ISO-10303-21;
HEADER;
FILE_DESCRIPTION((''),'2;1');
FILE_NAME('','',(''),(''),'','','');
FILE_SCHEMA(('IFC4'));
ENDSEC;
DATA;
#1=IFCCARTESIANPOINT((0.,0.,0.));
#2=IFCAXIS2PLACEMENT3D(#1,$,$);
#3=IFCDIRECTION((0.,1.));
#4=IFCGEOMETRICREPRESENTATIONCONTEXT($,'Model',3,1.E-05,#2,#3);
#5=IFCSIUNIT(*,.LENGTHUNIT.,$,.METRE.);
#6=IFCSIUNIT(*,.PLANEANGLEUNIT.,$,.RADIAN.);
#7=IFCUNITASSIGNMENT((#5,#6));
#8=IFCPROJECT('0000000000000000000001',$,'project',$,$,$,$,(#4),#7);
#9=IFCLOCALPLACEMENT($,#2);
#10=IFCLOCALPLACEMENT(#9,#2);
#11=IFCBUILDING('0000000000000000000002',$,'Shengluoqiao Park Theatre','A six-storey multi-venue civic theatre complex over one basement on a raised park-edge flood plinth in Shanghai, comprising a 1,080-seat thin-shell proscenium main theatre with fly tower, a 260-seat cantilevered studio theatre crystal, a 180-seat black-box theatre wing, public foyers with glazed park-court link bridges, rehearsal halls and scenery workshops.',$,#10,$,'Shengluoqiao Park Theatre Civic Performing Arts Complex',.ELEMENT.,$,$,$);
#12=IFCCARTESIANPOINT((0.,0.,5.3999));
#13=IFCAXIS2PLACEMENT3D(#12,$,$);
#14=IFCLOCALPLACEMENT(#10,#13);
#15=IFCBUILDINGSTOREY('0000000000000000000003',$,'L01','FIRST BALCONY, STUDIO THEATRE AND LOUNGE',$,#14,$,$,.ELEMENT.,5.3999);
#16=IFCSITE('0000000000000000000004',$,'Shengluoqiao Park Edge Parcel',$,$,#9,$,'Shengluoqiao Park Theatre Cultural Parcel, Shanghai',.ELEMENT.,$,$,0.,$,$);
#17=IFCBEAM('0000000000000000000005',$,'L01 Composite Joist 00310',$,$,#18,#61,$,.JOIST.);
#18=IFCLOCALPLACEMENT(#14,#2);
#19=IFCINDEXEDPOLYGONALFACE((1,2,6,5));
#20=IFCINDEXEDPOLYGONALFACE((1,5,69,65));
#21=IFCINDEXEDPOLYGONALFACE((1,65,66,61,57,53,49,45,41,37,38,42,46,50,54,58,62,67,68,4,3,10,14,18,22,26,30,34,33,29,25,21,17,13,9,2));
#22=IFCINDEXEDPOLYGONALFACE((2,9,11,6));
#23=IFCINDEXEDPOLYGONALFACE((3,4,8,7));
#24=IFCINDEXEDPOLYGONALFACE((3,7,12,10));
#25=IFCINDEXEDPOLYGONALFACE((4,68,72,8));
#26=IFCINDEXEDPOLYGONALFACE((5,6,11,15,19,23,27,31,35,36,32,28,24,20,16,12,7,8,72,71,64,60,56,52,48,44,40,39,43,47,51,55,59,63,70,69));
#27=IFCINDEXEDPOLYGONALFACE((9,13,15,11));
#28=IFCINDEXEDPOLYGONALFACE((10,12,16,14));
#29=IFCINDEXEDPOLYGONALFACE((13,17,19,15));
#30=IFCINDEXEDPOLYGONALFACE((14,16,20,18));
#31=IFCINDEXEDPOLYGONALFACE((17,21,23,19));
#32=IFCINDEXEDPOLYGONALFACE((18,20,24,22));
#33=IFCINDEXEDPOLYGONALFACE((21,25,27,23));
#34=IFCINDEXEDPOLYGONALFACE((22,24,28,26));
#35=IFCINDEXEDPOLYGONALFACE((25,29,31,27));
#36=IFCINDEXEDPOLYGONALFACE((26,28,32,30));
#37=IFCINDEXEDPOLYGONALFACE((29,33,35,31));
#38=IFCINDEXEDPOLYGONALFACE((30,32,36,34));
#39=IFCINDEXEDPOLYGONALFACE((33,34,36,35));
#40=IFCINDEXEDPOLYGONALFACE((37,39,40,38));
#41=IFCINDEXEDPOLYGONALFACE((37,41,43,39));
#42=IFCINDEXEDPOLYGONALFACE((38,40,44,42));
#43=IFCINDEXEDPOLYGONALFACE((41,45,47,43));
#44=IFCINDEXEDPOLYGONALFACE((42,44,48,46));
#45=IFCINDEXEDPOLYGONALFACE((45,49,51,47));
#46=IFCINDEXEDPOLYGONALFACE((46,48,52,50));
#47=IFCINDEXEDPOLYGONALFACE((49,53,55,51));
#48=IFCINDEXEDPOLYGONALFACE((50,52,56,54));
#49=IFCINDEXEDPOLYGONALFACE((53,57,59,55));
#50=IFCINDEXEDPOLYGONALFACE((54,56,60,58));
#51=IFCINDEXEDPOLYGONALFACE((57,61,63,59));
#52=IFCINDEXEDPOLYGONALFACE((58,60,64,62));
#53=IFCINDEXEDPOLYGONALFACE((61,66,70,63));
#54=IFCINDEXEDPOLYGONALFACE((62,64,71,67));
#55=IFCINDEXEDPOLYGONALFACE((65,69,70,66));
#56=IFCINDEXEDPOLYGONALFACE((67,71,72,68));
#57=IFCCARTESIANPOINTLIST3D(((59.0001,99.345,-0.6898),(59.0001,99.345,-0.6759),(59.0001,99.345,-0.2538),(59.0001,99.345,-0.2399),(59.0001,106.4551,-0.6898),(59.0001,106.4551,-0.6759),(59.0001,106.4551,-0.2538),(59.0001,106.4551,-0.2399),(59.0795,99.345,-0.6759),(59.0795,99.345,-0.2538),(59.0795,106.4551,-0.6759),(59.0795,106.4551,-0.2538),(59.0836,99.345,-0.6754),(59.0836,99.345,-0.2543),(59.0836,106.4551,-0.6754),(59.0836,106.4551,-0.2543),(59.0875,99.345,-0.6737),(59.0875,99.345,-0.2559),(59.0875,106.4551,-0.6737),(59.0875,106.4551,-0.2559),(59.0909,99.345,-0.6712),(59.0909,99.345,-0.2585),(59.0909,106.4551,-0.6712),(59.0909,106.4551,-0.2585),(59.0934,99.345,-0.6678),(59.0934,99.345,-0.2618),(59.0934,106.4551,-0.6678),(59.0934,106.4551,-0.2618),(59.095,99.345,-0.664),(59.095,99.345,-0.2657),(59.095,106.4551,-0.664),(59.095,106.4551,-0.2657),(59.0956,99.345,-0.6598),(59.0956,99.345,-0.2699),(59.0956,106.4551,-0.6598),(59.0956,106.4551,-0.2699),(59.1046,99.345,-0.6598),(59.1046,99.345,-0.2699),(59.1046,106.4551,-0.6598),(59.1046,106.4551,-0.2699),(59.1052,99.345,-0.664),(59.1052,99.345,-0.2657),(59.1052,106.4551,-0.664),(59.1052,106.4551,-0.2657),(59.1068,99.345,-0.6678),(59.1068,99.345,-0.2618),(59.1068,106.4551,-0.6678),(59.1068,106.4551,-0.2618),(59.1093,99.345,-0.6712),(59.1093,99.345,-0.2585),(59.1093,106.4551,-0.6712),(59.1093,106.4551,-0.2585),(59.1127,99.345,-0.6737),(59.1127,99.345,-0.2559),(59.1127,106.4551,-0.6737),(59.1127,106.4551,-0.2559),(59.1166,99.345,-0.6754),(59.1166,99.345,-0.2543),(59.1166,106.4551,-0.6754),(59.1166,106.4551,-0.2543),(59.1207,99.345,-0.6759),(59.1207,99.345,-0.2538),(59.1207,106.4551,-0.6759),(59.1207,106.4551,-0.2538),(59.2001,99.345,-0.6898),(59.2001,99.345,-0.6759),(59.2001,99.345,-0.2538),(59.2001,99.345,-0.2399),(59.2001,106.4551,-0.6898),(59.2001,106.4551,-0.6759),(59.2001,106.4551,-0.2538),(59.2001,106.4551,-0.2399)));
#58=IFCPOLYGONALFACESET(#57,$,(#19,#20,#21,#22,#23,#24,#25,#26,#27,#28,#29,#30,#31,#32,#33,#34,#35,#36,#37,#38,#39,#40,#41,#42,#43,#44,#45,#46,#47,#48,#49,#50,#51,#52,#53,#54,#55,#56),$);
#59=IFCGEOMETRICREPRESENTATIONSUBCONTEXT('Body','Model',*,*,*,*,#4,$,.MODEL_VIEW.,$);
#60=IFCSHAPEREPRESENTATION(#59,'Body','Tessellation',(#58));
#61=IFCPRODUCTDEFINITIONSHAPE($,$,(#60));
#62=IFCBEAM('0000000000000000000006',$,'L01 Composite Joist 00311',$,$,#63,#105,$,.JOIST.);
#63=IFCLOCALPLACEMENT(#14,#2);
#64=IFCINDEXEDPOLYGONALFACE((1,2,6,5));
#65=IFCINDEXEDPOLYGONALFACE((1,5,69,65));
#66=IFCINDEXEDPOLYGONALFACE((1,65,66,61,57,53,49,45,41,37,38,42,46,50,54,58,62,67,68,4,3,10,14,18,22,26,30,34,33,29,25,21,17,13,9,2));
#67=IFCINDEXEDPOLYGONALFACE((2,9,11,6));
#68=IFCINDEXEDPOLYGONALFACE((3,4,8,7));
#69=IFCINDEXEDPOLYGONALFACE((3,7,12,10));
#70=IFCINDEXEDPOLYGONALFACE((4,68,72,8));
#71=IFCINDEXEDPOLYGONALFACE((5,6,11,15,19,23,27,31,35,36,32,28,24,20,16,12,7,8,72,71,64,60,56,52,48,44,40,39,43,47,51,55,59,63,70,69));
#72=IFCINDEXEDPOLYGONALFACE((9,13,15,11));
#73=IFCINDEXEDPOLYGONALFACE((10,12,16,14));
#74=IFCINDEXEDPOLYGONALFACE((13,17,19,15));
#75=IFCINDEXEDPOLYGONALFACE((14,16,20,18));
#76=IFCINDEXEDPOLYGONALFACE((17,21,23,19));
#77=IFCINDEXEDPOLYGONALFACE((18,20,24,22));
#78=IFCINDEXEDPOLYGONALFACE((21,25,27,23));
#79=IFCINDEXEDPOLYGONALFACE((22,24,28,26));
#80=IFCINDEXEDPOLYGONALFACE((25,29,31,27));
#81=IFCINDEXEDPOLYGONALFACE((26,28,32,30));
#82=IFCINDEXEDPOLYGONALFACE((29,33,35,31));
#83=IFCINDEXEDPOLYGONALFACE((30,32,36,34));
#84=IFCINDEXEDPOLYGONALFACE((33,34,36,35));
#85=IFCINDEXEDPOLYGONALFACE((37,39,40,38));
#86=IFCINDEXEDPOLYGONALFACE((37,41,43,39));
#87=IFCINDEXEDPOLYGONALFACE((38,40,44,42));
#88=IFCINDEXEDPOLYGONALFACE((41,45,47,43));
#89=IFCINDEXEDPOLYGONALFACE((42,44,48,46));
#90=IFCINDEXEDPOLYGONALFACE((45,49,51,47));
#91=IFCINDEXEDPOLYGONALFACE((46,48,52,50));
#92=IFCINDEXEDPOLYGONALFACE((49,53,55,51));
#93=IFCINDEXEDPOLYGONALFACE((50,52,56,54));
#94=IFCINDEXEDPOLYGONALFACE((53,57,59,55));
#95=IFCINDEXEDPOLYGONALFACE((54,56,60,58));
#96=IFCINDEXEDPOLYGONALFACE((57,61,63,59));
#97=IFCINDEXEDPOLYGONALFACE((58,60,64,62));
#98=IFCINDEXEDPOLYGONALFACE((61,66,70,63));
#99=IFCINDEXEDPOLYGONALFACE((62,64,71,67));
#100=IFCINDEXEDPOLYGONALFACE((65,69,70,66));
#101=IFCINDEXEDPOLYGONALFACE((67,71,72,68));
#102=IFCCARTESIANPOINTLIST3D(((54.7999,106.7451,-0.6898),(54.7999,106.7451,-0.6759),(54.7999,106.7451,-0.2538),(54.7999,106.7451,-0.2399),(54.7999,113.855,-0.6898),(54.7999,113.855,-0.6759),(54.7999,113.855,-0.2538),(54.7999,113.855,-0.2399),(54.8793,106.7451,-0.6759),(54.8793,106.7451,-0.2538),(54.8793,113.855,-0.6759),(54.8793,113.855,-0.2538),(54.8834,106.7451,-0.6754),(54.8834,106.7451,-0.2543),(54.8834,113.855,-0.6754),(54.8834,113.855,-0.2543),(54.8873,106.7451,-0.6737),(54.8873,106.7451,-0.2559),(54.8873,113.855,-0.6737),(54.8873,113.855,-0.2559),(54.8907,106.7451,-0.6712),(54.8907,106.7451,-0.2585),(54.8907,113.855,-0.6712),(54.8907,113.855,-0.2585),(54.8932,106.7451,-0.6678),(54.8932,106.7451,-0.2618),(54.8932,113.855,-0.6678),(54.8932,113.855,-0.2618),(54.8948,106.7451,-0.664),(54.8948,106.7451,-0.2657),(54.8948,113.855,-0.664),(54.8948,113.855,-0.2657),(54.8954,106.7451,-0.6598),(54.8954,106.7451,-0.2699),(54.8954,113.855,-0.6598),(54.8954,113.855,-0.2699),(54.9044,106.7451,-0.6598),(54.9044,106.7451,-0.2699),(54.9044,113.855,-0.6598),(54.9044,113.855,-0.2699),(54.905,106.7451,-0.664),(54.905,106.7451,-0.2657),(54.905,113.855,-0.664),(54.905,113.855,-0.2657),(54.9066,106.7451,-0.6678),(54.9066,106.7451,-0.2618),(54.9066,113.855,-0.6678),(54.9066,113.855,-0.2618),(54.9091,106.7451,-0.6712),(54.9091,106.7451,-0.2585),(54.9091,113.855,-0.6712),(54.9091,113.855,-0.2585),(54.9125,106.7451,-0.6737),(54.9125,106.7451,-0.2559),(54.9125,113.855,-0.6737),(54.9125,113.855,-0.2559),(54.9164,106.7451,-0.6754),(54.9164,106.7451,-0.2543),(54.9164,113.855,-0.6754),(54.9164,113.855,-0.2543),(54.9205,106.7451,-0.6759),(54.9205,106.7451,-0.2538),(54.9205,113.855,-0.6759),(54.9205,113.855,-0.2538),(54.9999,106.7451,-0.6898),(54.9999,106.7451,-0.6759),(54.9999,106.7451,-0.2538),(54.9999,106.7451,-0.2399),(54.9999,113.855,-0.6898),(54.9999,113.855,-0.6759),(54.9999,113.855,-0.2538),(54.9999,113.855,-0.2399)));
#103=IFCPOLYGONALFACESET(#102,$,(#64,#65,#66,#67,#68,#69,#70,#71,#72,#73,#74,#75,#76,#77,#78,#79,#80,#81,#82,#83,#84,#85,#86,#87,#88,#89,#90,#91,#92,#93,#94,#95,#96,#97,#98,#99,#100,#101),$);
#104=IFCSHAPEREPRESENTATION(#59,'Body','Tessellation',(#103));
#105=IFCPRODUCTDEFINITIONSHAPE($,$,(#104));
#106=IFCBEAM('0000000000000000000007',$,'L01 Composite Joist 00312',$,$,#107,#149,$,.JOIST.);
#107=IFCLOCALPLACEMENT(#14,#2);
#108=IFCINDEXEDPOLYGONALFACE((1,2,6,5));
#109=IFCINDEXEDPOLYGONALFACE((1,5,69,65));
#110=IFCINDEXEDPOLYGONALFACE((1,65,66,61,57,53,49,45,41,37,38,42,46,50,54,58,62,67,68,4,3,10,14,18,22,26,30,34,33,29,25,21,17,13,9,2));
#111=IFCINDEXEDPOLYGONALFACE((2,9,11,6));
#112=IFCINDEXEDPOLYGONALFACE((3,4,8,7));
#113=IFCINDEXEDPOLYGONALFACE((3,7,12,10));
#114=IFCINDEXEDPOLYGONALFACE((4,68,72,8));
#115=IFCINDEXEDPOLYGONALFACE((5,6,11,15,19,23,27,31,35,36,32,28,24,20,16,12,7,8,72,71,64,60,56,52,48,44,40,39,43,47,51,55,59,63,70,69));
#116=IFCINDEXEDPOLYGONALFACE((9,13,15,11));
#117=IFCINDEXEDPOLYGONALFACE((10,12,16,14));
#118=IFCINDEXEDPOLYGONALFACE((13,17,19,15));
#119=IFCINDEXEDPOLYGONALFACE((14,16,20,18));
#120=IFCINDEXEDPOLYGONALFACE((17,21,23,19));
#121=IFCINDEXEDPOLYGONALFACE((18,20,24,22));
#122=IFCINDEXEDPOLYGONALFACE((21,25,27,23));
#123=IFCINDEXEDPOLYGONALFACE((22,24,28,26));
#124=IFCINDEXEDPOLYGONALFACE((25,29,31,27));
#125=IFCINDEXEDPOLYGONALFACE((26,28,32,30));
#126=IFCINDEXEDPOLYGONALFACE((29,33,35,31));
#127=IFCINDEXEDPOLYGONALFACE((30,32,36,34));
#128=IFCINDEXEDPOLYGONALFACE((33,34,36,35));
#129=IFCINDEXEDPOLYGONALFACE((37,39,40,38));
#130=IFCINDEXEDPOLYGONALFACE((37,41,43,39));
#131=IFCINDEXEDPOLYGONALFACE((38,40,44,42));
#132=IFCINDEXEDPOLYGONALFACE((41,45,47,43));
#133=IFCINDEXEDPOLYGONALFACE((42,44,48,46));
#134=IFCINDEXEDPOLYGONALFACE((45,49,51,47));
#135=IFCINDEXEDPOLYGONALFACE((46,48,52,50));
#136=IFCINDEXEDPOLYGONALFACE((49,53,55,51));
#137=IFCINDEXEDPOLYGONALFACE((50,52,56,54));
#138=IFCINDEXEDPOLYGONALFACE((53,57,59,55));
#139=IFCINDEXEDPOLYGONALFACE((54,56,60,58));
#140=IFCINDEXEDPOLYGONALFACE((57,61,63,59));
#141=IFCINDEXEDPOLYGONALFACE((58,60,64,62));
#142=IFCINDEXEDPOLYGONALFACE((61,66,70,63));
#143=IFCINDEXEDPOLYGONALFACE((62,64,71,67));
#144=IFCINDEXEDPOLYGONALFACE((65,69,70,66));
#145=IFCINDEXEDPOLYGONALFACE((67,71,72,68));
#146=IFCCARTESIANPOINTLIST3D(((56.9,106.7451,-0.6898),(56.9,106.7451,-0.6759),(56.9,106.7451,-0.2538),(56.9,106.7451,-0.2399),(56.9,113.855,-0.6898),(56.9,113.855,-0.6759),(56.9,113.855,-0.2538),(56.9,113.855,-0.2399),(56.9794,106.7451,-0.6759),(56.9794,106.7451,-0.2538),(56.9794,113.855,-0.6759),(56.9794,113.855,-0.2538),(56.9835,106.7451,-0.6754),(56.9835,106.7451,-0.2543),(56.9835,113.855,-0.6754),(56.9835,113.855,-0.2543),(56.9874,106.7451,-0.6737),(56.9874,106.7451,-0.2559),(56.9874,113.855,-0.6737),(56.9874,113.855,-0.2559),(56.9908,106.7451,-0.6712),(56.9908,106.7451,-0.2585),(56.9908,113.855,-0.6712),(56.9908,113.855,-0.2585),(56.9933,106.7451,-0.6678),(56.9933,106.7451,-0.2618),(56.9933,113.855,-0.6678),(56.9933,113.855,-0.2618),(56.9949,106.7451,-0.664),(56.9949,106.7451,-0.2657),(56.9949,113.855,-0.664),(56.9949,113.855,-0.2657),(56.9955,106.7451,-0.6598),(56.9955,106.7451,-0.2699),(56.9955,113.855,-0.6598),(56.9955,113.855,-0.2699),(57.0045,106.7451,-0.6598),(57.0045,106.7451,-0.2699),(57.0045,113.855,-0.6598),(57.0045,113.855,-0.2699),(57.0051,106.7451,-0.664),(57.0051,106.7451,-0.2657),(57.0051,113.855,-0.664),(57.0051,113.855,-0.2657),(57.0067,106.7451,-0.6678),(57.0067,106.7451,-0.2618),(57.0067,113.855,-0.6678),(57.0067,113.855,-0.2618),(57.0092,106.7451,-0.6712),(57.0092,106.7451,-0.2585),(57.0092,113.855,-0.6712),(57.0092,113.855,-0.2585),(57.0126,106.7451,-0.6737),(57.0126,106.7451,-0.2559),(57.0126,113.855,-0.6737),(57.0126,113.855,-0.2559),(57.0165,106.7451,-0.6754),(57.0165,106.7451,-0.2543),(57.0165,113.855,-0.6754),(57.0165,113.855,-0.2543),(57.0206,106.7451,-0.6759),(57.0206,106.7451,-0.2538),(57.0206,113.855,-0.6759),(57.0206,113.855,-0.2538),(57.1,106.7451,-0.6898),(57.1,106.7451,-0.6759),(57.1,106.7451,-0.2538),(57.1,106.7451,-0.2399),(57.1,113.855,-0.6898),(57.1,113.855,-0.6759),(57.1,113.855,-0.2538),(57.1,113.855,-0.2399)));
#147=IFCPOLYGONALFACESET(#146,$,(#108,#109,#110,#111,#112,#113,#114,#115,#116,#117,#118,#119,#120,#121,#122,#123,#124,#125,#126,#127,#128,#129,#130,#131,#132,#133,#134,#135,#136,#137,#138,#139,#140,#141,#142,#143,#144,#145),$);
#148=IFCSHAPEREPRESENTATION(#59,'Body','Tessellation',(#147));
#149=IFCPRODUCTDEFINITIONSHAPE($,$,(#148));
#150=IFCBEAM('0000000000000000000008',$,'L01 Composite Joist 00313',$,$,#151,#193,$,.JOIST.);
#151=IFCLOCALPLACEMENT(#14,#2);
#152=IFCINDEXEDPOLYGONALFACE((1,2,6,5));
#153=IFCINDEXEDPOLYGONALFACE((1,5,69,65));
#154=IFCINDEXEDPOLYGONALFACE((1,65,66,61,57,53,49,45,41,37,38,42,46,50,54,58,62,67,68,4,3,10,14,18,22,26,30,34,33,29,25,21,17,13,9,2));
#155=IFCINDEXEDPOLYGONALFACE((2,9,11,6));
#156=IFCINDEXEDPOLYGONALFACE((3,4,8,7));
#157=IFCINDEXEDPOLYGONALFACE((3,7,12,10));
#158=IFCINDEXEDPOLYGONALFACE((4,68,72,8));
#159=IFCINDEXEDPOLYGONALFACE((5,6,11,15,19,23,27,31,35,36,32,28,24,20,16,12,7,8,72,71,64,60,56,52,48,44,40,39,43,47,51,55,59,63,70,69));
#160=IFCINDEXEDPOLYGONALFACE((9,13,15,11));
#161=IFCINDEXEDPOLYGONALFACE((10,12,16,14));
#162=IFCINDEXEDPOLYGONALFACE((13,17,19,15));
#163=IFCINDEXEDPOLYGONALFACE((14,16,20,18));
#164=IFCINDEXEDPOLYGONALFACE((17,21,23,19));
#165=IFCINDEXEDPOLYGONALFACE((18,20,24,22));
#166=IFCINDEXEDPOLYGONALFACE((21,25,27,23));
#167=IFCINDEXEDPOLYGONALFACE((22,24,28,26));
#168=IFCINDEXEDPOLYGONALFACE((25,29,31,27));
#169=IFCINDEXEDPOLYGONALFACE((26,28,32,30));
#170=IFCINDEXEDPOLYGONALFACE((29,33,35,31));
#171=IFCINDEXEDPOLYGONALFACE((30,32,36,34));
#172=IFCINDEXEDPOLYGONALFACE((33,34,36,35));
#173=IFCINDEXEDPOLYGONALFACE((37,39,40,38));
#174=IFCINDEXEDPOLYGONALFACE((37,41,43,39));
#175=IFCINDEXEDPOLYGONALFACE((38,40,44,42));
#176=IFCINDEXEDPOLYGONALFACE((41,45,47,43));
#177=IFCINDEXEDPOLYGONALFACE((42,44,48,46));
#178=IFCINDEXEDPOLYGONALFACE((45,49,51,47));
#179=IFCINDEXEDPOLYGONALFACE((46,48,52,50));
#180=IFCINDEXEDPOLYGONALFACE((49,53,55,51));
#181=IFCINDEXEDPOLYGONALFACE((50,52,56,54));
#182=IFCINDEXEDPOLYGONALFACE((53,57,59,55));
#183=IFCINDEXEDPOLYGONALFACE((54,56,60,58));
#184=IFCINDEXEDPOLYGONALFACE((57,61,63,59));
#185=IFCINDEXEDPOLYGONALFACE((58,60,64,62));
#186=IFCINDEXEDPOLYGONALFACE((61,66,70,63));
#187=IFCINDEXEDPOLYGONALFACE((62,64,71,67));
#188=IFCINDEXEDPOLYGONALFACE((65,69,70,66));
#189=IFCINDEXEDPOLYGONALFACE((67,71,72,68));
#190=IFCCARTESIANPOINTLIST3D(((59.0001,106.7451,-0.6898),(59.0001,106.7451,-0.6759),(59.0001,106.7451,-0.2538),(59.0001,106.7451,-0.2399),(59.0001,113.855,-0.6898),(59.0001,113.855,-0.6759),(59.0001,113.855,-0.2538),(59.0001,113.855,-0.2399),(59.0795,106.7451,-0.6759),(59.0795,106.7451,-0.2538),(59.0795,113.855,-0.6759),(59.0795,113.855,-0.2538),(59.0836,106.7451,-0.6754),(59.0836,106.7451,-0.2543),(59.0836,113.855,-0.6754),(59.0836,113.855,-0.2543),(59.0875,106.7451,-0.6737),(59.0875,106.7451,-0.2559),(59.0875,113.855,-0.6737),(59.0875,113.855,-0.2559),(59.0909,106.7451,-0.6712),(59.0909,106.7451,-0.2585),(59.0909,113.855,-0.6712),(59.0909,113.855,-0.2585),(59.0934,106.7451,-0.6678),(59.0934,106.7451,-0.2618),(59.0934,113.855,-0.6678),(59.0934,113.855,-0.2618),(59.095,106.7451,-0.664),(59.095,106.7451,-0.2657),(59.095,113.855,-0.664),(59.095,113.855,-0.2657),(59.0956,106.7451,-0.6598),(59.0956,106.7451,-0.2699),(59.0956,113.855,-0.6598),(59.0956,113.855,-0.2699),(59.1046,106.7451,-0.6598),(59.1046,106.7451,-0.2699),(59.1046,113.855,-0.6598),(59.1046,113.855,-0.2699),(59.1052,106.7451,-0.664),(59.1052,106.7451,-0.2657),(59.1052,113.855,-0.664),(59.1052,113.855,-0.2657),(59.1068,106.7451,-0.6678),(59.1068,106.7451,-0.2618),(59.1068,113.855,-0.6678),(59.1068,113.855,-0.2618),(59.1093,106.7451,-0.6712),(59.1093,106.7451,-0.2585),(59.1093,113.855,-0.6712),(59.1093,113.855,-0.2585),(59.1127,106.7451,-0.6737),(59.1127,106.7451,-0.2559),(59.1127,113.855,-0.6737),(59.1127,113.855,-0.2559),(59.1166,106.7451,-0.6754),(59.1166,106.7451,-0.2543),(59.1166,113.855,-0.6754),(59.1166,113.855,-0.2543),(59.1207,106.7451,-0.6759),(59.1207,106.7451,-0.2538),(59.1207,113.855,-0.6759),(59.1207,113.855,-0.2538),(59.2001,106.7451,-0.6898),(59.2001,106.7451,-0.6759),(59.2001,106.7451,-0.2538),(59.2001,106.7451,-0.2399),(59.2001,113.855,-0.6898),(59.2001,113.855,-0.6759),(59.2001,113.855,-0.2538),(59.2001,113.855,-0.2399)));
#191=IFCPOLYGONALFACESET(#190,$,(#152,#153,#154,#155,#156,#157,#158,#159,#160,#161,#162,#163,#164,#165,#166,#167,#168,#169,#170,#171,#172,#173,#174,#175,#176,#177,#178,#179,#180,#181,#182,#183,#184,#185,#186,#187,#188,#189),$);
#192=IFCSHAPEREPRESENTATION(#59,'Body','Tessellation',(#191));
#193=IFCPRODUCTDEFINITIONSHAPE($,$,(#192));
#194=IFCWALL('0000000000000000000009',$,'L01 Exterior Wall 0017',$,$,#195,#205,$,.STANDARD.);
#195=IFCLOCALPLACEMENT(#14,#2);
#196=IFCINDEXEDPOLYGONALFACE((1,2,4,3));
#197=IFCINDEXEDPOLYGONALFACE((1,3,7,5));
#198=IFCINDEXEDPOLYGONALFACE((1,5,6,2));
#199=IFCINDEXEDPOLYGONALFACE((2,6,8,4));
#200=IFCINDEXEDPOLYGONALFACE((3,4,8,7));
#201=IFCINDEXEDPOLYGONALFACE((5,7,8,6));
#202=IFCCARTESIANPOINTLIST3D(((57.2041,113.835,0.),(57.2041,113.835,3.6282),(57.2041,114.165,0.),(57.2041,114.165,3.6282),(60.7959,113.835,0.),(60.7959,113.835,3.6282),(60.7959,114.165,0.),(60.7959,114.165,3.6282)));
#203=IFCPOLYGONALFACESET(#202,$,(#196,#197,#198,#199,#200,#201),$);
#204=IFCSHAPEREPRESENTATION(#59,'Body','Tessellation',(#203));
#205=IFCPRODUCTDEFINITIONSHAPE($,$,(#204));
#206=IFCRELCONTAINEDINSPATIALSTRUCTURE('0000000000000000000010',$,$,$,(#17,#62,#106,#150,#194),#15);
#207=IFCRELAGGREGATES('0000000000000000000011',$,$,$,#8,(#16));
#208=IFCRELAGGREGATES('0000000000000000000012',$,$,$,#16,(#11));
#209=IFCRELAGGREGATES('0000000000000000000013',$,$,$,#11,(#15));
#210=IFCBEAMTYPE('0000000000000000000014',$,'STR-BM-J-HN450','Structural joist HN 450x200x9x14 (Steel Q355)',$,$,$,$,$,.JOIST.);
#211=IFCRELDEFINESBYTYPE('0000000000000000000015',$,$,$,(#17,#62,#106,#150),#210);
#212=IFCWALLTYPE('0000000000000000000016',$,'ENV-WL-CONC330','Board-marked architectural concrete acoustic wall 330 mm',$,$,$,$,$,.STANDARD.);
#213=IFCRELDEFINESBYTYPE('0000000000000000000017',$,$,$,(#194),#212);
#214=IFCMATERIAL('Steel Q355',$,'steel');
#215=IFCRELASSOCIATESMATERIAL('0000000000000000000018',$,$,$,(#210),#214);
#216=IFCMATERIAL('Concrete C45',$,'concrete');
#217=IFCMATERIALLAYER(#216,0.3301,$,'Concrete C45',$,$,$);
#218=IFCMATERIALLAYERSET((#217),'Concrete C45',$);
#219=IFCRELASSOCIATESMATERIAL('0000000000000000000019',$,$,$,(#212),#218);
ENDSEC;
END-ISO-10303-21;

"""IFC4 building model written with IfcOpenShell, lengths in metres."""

from ifc_helpers import new_model, si_unit, direction, frame, frame_2d, origin, origin_2d, place, context, subcontext, project, spatial, rectangle, i_section, extrude, material, layer, layer_set, material_profile, profile_set, type_object, element, save


model = new_model("IFC4")

# Units and contexts
model_context = context("Model", 3, precision=1e-05, world=origin(), true_north=direction((0.0, 1.0)))
body_context = subcontext(model_context, "Body", "Model", "MODEL_VIEW")
ifc_project = project(units=[si_unit("LENGTHUNIT", "METRE"), si_unit("PLANEANGLEUNIT", "RADIAN")], contexts=[model_context])

# Site, building, storey
site_placement = place(None, origin())
site = spatial("IfcSite", under=ifc_project, at=site_placement, Name="Shengluoqiao Park Edge Parcel", LongName="Shengluoqiao Park Theatre Cultural Parcel, Shanghai", CompositionType="ELEMENT", RefElevation=0.0)
building_placement = place(site_placement, origin())
building = spatial("IfcBuilding", under=site, at=building_placement, Name="Shengluoqiao Park Theatre", Description="A six-storey multi-venue civic theatre complex over one basement on a raised park-edge flood plinth in Shanghai, comprising a 1,080-seat thin-shell proscenium main theatre with fly tower, a 260-seat cantilevered studio theatre crystal, a 180-seat black-box theatre wing, public foyers with glazed park-court link bridges, rehearsal halls and scenery workshops.", LongName="Shengluoqiao Park Theatre Civic Performing Arts Complex", CompositionType="ELEMENT")
storey_placement = place(building_placement, frame((0.0, 0.0, 5.3999)))
storey = spatial("IfcBuildingStorey", under=building, at=storey_placement, Name="L01", Description="FIRST BALCONY, STUDIO THEATRE AND LOUNGE", CompositionType="ELEMENT", Elevation=5.3999)

# Beams
ifc_material_1 = material(Name="Steel Q355", Category="steel")
ifc_material_profile_1 = material_profile(ifc_material_1, i_section(OverallWidth=0.2, OverallDepth=0.45, WebThickness=0.009, FlangeThickness=0.0139, FilletRadius=0.0161, at=origin_2d()), Name="HN 450x200x9x14")
ifc_profile_set_1 = profile_set([ifc_material_profile_1], Name="Steel Q355")
beam_type_1 = type_object("IfcBeamType", Name="STR-BM-J-HN450", Description="Structural joist HN 450x200x9x14 (Steel Q355)", PredefinedType="JOIST", material=ifc_profile_set_1)
for number, where, z_axis, x_axis, name in (
    (1, (59.1001, 99.345, -0.4648), (0.0, 1.0, 0.0), (-1.0, 0.0, 0.0), "L01 Composite Joist 00310"),
):
    element("IfcBeam", number, at=place(storey_placement, frame(where, z_axis=z_axis, x_axis=x_axis)), inside=storey, type_object=beam_type_1, Name=name, PredefinedType="JOIST", context=body_context, shape_type="SweptSolid", body=[
        extrude(i_section(OverallWidth=0.2, OverallDepth=0.45, WebThickness=0.009, FlangeThickness=0.0139, FilletRadius=0.0161, at=origin_2d()), origin(), (0.0, 0.0, 1.0), 7.1101),
    ])
for number, where, z_axis, x_axis, name in (
    (2, (54.8999, 106.7451, -0.4648), (0.0, 1.0, 0.0), (-1.0, 0.0, 0.0), "L01 Composite Joist 00311"),
    (3, (57.0, 106.7451, -0.4648), (0.0, 1.0, 0.0), (-1.0, 0.0, 0.0), "L01 Composite Joist 00312"),
    (4, (59.1001, 106.7451, -0.4648), (0.0, 1.0, 0.0), (-1.0, 0.0, 0.0), "L01 Composite Joist 00313"),
):
    element("IfcBeam", number, at=place(storey_placement, frame(where, z_axis=z_axis, x_axis=x_axis)), inside=storey, type_object=beam_type_1, Name=name, PredefinedType="JOIST", context=body_context, shape_type="SweptSolid", body=[
        extrude(i_section(OverallWidth=0.2, OverallDepth=0.45, WebThickness=0.009, FlangeThickness=0.0139, FilletRadius=0.0161, at=origin_2d()), origin(), (0.0, 0.0, 1.0), 7.1099),
    ])

# Wall
ifc_material_2 = material(Name="Concrete C45", Category="concrete")
ifc_layer_1 = layer(ifc_material_2, 0.3301, Name="Concrete C45")
ifc_layer_set_1 = layer_set([ifc_layer_1], Name="Concrete C45")
wall_type_1 = type_object("IfcWallType", Name="ENV-WL-CONC330", Description="Board-marked architectural concrete acoustic wall 330 mm", PredefinedType="STANDARD", material=ifc_layer_set_1)
wall_1_placement = place(storey_placement, frame((57.2041, 114.0, 0.0), z_axis=(0.0, 0.0, 1.0), x_axis=(1.0, 0.0, 0.0)))
element("IfcWall", 5, at=wall_1_placement, inside=storey, type_object=wall_type_1, Name="L01 Exterior Wall 0017", PredefinedType="STANDARD", context=body_context, shape_type="SweptSolid", body=[
    extrude(rectangle(XDim=3.5918, YDim=0.3301, at=frame_2d((1.7959, 0.0))), origin(), (0.0, 0.0, 1.0), 3.6282),
])

save(model, "model.ifc")
